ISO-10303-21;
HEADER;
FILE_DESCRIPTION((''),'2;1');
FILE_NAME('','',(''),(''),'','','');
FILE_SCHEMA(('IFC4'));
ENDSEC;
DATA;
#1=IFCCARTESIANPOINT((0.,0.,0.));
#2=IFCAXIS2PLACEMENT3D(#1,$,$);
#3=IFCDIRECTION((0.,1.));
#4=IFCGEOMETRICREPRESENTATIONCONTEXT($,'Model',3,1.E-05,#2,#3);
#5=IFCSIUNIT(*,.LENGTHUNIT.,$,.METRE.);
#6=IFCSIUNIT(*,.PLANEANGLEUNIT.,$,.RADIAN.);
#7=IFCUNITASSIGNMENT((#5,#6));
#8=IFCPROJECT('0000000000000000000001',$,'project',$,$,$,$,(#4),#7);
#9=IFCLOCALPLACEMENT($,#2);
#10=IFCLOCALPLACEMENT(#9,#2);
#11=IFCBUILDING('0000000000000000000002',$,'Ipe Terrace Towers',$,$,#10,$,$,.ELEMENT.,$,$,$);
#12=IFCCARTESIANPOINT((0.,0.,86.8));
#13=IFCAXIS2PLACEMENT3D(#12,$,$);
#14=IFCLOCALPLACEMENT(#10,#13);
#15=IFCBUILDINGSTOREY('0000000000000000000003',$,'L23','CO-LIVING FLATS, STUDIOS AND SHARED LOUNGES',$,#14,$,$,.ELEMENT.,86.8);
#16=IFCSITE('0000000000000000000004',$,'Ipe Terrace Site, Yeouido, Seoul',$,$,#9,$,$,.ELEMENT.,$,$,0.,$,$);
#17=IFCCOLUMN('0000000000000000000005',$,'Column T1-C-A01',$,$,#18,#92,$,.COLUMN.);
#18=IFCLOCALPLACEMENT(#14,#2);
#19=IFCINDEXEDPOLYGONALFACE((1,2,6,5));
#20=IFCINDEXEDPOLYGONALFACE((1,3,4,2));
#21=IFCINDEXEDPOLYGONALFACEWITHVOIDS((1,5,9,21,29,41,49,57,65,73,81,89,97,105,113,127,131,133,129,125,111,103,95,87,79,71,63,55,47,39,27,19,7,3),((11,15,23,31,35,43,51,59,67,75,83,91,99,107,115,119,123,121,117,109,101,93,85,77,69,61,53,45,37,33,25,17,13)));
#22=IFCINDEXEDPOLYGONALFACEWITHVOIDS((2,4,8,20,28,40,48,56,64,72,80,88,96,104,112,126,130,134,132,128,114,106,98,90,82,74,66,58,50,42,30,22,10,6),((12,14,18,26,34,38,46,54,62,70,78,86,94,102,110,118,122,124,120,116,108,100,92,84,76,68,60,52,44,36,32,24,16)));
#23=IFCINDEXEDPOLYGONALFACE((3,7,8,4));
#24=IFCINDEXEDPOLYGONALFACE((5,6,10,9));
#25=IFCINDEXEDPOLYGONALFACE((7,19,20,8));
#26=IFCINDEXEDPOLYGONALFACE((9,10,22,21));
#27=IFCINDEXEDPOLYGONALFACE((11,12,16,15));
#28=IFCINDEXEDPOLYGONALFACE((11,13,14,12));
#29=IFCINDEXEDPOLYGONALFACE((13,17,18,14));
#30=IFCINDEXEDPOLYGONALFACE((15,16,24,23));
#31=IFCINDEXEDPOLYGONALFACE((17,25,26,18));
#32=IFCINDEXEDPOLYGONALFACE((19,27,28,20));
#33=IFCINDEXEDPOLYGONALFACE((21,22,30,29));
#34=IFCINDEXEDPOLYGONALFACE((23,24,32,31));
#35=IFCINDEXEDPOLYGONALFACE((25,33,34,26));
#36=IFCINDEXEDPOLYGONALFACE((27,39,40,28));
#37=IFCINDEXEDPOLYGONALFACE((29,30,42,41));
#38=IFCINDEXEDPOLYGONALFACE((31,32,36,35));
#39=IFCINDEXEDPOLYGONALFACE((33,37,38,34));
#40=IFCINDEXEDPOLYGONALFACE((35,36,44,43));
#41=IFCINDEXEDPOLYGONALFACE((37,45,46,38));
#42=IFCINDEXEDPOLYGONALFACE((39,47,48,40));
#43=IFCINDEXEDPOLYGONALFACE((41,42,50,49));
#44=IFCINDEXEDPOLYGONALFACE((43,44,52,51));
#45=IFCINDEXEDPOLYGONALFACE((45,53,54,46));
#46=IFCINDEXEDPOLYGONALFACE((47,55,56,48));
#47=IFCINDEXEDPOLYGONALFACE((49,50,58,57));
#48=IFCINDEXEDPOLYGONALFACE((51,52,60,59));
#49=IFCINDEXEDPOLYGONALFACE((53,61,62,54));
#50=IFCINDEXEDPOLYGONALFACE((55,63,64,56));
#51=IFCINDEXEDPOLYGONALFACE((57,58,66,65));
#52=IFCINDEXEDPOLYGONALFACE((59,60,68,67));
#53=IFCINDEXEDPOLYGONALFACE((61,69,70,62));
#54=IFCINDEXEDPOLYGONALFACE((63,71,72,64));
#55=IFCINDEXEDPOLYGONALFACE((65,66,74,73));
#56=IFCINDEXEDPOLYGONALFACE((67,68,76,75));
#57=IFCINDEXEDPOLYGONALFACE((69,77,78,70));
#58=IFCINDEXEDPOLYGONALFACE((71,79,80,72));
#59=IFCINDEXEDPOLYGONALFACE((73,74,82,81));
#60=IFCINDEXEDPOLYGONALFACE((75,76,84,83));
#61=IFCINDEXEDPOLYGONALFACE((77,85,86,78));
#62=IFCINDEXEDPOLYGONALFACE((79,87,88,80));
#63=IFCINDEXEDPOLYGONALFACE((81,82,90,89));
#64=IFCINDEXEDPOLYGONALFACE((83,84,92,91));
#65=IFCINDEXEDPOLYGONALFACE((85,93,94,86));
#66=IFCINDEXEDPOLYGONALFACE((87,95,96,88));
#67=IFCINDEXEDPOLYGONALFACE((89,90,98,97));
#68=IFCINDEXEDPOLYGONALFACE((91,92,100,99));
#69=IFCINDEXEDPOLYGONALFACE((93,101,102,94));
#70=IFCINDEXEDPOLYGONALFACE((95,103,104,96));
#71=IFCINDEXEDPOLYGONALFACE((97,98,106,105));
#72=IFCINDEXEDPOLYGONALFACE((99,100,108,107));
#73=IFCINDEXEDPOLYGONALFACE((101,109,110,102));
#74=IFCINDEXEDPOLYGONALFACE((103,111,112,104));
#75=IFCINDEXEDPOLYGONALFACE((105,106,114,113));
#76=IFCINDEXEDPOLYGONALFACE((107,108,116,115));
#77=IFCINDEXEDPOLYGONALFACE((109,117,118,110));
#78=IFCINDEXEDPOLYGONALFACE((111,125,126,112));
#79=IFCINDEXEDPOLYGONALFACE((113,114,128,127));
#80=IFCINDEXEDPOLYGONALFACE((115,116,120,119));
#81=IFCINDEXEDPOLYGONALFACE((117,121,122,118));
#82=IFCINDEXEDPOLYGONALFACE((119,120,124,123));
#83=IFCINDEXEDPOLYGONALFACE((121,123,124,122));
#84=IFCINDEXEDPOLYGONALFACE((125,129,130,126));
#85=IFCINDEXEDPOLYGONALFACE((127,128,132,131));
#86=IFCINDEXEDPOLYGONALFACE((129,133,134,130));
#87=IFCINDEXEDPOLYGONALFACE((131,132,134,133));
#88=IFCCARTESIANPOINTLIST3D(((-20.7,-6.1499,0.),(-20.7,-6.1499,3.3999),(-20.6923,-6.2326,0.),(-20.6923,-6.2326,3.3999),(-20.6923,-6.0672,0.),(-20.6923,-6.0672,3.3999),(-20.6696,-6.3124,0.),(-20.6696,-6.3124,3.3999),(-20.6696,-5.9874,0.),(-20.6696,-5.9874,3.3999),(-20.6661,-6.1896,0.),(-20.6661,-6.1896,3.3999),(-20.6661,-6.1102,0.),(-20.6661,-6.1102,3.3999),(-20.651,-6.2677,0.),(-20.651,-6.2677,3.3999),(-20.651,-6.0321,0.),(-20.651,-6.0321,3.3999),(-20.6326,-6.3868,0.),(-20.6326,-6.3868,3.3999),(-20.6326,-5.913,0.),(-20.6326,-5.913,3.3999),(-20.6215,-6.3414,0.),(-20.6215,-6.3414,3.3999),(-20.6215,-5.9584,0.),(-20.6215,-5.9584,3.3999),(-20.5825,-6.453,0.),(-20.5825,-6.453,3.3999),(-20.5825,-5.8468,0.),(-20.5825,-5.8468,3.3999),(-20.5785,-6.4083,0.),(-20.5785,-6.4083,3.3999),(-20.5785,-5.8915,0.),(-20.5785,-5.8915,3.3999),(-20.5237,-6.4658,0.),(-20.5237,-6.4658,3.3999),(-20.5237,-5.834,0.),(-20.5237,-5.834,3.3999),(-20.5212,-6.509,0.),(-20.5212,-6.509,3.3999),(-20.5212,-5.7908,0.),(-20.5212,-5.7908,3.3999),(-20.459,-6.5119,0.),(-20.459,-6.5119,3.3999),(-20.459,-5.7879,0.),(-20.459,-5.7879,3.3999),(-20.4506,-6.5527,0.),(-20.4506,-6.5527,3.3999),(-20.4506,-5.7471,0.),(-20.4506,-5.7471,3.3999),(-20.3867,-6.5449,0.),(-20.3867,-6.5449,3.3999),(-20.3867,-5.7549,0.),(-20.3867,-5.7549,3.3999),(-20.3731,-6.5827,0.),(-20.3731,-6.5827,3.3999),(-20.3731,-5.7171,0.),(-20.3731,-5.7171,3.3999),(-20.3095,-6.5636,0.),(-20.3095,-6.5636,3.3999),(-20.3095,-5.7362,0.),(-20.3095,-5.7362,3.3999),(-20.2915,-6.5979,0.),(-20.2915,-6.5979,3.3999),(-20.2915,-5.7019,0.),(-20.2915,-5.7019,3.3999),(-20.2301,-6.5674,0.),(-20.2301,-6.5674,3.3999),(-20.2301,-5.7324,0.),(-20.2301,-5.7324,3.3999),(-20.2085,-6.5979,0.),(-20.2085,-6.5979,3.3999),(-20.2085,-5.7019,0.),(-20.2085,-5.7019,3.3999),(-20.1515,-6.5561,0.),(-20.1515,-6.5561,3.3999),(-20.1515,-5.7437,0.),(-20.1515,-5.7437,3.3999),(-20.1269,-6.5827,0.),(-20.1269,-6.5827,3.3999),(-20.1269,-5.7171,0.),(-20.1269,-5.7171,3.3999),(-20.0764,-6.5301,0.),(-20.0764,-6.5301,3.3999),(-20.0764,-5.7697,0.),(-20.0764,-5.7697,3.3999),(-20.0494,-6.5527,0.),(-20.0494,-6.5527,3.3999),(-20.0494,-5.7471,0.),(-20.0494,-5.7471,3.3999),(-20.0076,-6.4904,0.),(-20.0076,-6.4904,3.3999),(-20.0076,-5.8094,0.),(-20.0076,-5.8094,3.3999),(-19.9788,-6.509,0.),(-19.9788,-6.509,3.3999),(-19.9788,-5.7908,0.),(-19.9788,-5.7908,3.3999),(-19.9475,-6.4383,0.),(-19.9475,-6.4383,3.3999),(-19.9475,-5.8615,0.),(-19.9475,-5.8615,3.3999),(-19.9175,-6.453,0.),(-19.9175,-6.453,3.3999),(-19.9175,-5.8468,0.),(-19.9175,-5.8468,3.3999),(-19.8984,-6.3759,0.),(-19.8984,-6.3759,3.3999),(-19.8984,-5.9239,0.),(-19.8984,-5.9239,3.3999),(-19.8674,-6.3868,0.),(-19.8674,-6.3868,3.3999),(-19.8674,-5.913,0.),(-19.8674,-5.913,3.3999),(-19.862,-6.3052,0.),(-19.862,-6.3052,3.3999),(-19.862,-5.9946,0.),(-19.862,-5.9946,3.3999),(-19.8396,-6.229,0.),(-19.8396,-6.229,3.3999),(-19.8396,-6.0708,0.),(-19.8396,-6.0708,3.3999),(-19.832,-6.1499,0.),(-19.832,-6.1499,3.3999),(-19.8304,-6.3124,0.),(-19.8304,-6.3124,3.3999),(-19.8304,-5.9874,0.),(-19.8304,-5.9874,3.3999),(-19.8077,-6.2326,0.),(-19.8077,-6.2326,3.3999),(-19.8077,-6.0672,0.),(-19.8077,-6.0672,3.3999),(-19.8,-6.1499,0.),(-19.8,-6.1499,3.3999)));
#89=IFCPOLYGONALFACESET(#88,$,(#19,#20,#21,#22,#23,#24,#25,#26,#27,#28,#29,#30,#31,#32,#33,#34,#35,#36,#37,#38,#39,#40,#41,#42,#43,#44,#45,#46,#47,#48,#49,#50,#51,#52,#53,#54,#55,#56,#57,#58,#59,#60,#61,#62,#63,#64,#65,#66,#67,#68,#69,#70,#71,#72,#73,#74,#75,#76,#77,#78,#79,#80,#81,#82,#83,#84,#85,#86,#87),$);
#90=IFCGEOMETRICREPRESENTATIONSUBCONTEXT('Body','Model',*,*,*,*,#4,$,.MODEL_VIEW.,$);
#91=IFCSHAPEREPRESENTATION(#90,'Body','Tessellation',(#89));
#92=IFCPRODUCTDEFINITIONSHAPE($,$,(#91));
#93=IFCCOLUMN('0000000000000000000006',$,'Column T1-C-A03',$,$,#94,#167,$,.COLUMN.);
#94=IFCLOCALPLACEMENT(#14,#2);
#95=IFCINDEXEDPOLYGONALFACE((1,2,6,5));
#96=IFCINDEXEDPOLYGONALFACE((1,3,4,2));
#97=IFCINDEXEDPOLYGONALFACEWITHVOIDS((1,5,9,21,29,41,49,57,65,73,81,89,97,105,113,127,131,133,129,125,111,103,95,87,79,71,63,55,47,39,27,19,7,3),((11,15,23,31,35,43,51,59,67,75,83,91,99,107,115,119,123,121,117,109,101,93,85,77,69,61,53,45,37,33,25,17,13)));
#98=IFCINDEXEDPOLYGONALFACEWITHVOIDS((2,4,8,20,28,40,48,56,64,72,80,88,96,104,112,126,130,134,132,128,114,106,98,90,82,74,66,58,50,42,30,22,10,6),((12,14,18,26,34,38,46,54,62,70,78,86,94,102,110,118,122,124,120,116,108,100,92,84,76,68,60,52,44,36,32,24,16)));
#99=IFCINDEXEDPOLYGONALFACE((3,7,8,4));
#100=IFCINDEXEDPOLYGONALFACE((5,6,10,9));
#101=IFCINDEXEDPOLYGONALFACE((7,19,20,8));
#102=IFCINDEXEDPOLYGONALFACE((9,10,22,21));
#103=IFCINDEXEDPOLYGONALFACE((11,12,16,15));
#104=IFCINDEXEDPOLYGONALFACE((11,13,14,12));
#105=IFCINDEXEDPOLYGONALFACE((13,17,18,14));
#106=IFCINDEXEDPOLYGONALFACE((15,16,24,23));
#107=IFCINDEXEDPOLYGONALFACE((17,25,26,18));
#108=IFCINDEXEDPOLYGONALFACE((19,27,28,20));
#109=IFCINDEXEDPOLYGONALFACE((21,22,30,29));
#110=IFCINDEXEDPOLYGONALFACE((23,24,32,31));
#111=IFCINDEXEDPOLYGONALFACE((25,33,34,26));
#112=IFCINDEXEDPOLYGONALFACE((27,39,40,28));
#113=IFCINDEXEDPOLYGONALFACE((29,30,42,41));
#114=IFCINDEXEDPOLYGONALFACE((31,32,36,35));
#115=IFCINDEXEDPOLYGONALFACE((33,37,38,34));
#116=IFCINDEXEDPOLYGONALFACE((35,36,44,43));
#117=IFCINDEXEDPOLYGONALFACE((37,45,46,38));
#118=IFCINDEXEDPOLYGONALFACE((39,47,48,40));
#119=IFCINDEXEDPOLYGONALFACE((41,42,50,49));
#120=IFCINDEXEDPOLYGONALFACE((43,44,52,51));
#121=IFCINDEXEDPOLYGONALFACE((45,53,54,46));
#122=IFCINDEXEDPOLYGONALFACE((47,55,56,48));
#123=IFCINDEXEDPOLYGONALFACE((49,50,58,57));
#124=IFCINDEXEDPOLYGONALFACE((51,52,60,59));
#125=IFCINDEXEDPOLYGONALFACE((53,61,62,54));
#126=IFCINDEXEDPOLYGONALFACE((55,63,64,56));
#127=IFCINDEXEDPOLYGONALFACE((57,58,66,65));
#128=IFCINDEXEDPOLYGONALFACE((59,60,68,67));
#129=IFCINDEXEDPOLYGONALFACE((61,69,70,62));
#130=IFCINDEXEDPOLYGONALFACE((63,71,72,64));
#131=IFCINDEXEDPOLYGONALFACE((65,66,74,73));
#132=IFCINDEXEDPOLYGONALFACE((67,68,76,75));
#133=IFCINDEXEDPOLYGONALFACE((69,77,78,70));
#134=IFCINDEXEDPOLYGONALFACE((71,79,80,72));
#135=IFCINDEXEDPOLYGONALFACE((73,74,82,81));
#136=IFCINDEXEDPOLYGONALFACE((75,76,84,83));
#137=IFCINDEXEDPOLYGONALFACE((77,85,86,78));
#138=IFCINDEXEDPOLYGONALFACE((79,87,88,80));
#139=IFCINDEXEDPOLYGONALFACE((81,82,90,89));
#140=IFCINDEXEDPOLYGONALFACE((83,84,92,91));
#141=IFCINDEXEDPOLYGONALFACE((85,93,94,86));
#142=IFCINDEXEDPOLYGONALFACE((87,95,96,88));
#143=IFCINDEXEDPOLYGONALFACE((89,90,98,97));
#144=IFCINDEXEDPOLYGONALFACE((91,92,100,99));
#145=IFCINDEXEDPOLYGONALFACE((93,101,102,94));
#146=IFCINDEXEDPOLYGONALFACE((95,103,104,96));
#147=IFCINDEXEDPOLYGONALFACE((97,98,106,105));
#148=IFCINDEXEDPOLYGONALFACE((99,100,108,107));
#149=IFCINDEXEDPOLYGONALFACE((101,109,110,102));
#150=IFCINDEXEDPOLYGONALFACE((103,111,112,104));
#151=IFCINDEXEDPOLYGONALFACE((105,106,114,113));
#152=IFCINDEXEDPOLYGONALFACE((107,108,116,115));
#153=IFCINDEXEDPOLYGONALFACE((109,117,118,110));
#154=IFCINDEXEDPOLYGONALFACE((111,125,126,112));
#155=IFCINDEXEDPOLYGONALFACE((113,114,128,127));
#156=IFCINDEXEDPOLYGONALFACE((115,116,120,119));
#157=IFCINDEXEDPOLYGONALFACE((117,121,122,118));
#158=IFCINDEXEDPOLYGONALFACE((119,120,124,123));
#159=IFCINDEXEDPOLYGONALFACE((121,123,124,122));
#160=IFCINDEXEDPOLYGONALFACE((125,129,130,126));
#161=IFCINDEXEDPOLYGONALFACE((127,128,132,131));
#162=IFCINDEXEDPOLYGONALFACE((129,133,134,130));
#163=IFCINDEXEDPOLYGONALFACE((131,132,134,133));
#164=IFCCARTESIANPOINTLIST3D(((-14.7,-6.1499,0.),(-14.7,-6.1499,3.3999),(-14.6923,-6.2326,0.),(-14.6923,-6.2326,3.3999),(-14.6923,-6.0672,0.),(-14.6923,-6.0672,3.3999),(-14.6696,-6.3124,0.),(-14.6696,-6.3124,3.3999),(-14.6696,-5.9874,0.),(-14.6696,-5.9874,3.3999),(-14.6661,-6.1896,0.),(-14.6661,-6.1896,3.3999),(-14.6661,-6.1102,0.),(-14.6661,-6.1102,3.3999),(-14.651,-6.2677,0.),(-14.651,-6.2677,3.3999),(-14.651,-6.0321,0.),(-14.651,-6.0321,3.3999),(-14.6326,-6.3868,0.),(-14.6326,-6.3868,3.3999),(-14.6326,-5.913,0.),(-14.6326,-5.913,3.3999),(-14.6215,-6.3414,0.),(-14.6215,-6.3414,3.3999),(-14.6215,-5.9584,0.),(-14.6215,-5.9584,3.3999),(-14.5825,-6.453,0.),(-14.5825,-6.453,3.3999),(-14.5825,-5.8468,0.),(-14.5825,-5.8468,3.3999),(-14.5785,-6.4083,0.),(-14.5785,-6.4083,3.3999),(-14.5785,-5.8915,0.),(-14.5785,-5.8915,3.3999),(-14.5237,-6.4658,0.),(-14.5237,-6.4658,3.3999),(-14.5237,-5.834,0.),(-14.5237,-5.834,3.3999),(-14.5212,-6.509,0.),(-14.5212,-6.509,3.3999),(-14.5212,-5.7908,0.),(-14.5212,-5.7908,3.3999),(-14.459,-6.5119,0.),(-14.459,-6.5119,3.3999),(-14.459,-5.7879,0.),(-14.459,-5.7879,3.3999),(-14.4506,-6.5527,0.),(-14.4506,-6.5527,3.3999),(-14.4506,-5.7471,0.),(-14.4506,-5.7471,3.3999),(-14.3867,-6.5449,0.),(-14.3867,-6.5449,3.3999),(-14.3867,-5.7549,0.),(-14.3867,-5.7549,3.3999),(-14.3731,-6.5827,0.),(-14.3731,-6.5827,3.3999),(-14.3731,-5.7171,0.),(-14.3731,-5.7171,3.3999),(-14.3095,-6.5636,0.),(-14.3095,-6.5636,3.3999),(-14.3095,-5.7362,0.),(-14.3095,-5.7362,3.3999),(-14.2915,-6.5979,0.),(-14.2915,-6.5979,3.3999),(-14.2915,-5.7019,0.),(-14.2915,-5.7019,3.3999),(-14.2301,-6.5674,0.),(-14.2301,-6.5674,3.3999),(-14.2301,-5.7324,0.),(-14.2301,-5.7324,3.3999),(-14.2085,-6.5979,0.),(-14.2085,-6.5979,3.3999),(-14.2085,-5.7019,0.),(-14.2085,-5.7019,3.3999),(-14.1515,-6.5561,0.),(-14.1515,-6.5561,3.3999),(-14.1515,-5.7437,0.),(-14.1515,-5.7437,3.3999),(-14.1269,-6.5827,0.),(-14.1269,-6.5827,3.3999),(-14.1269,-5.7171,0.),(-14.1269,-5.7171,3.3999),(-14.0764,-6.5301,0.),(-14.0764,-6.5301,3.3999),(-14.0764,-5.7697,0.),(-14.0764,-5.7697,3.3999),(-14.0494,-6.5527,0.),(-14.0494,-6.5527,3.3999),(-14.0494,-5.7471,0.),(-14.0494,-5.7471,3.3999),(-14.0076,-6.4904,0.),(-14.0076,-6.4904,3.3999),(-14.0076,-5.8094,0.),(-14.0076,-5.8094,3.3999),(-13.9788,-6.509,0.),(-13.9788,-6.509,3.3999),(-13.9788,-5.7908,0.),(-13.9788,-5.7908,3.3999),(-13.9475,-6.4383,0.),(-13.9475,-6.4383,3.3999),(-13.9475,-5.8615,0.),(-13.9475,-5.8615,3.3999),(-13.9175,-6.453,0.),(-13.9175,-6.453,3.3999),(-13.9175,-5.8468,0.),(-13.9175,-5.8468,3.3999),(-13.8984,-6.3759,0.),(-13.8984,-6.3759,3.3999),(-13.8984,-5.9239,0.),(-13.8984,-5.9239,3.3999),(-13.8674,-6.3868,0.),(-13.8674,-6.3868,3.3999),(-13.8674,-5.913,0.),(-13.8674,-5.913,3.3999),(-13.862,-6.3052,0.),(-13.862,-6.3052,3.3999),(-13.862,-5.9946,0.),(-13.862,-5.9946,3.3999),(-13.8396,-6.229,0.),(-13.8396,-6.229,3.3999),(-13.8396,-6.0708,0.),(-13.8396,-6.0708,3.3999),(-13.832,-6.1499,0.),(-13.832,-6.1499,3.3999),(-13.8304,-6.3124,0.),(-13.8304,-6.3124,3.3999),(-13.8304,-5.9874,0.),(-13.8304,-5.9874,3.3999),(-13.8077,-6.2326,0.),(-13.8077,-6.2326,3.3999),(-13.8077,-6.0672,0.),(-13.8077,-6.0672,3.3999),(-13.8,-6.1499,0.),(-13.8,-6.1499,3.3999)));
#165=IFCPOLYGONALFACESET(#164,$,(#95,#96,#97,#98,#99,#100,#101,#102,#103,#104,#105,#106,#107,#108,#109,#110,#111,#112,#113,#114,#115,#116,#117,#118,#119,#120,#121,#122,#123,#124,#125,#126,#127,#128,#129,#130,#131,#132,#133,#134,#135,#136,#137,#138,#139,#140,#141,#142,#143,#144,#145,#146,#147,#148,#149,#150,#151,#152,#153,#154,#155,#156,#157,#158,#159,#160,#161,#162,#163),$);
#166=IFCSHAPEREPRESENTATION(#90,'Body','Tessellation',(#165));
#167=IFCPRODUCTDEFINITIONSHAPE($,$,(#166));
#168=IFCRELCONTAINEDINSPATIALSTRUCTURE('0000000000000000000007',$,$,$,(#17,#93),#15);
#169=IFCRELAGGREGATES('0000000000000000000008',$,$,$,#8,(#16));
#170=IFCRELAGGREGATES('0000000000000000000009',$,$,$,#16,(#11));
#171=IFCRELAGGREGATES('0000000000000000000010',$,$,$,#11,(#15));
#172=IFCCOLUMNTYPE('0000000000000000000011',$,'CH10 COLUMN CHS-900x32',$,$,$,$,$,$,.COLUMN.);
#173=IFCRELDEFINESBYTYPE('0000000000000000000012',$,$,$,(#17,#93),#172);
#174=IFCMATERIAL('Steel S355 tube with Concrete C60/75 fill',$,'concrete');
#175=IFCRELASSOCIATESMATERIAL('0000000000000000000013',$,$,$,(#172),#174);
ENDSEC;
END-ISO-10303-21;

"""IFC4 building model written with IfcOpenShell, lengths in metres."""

from ifc_helpers import new_model, si_unit, direction, frame, origin, origin_2d, place, context, subcontext, project, spatial, hollow_circle, extrude, material, material_profile, profile_set, type_object, element, save


model = new_model("IFC4")

# Units and contexts
model_context = context("Model", 3, precision=1e-05, world=origin(), true_north=direction((0.0, 1.0)))
body_context = subcontext(model_context, "Body", "Model", "MODEL_VIEW")
ifc_project = project(units=[si_unit("LENGTHUNIT", "METRE"), si_unit("PLANEANGLEUNIT", "RADIAN")], contexts=[model_context])

# Site, building, storey
site_placement = place(None, origin())
site = spatial("IfcSite", under=ifc_project, at=site_placement, Name="Ipe Terrace Site, Yeouido, Seoul", CompositionType="ELEMENT", RefElevation=0.0)
building_placement = place(site_placement, origin())
building = spatial("IfcBuilding", under=site, at=building_placement, Name="Ipe Terrace Towers", CompositionType="ELEMENT")
storey_placement = place(building_placement, frame((0.0, 0.0, 86.8)))
storey = spatial("IfcBuildingStorey", under=building, at=storey_placement, Name="L23", Description="CO-LIVING FLATS, STUDIOS AND SHARED LOUNGES", CompositionType="ELEMENT", Elevation=86.8)

# Columns
ifc_material_1 = material(Name="Steel S355 tube with Concrete C60/75 fill", Category="concrete")
ifc_material_profile_1 = material_profile(ifc_material_1, hollow_circle(Radius=0.45, WallThickness=0.032, at=origin_2d()), Name="CHS-900x32")
ifc_profile_set_1 = profile_set([ifc_material_profile_1], Name="Steel S355 tube with Concrete C60/75 fill")
column_type = type_object("IfcColumnType", Name="CH10 COLUMN CHS-900x32", PredefinedType="COLUMN", material=ifc_profile_set_1)
for number, where, z_axis, x_axis, name in (
    (1, (-20.25, -6.1499, 0.0), (0.0, 0.0, 1.0), (1.0, 0.0, 0.0), "Column T1-C-A01"),
    (2, (-14.25, -6.1499, 0.0), (0.0, 0.0, 1.0), (1.0, 0.0, 0.0), "Column T1-C-A03"),
):
    element("IfcColumn", number, at=place(storey_placement, frame(where, z_axis=z_axis, x_axis=x_axis)), inside=storey, type_object=column_type, Name=name, PredefinedType="COLUMN", context=body_context, shape_type="SweptSolid", body=[
        extrude(hollow_circle(Radius=0.45, WallThickness=0.032, at=origin_2d()), origin(), (0.0, 0.0, 1.0), 3.3999),
    ])

save(model, "model.ifc")
